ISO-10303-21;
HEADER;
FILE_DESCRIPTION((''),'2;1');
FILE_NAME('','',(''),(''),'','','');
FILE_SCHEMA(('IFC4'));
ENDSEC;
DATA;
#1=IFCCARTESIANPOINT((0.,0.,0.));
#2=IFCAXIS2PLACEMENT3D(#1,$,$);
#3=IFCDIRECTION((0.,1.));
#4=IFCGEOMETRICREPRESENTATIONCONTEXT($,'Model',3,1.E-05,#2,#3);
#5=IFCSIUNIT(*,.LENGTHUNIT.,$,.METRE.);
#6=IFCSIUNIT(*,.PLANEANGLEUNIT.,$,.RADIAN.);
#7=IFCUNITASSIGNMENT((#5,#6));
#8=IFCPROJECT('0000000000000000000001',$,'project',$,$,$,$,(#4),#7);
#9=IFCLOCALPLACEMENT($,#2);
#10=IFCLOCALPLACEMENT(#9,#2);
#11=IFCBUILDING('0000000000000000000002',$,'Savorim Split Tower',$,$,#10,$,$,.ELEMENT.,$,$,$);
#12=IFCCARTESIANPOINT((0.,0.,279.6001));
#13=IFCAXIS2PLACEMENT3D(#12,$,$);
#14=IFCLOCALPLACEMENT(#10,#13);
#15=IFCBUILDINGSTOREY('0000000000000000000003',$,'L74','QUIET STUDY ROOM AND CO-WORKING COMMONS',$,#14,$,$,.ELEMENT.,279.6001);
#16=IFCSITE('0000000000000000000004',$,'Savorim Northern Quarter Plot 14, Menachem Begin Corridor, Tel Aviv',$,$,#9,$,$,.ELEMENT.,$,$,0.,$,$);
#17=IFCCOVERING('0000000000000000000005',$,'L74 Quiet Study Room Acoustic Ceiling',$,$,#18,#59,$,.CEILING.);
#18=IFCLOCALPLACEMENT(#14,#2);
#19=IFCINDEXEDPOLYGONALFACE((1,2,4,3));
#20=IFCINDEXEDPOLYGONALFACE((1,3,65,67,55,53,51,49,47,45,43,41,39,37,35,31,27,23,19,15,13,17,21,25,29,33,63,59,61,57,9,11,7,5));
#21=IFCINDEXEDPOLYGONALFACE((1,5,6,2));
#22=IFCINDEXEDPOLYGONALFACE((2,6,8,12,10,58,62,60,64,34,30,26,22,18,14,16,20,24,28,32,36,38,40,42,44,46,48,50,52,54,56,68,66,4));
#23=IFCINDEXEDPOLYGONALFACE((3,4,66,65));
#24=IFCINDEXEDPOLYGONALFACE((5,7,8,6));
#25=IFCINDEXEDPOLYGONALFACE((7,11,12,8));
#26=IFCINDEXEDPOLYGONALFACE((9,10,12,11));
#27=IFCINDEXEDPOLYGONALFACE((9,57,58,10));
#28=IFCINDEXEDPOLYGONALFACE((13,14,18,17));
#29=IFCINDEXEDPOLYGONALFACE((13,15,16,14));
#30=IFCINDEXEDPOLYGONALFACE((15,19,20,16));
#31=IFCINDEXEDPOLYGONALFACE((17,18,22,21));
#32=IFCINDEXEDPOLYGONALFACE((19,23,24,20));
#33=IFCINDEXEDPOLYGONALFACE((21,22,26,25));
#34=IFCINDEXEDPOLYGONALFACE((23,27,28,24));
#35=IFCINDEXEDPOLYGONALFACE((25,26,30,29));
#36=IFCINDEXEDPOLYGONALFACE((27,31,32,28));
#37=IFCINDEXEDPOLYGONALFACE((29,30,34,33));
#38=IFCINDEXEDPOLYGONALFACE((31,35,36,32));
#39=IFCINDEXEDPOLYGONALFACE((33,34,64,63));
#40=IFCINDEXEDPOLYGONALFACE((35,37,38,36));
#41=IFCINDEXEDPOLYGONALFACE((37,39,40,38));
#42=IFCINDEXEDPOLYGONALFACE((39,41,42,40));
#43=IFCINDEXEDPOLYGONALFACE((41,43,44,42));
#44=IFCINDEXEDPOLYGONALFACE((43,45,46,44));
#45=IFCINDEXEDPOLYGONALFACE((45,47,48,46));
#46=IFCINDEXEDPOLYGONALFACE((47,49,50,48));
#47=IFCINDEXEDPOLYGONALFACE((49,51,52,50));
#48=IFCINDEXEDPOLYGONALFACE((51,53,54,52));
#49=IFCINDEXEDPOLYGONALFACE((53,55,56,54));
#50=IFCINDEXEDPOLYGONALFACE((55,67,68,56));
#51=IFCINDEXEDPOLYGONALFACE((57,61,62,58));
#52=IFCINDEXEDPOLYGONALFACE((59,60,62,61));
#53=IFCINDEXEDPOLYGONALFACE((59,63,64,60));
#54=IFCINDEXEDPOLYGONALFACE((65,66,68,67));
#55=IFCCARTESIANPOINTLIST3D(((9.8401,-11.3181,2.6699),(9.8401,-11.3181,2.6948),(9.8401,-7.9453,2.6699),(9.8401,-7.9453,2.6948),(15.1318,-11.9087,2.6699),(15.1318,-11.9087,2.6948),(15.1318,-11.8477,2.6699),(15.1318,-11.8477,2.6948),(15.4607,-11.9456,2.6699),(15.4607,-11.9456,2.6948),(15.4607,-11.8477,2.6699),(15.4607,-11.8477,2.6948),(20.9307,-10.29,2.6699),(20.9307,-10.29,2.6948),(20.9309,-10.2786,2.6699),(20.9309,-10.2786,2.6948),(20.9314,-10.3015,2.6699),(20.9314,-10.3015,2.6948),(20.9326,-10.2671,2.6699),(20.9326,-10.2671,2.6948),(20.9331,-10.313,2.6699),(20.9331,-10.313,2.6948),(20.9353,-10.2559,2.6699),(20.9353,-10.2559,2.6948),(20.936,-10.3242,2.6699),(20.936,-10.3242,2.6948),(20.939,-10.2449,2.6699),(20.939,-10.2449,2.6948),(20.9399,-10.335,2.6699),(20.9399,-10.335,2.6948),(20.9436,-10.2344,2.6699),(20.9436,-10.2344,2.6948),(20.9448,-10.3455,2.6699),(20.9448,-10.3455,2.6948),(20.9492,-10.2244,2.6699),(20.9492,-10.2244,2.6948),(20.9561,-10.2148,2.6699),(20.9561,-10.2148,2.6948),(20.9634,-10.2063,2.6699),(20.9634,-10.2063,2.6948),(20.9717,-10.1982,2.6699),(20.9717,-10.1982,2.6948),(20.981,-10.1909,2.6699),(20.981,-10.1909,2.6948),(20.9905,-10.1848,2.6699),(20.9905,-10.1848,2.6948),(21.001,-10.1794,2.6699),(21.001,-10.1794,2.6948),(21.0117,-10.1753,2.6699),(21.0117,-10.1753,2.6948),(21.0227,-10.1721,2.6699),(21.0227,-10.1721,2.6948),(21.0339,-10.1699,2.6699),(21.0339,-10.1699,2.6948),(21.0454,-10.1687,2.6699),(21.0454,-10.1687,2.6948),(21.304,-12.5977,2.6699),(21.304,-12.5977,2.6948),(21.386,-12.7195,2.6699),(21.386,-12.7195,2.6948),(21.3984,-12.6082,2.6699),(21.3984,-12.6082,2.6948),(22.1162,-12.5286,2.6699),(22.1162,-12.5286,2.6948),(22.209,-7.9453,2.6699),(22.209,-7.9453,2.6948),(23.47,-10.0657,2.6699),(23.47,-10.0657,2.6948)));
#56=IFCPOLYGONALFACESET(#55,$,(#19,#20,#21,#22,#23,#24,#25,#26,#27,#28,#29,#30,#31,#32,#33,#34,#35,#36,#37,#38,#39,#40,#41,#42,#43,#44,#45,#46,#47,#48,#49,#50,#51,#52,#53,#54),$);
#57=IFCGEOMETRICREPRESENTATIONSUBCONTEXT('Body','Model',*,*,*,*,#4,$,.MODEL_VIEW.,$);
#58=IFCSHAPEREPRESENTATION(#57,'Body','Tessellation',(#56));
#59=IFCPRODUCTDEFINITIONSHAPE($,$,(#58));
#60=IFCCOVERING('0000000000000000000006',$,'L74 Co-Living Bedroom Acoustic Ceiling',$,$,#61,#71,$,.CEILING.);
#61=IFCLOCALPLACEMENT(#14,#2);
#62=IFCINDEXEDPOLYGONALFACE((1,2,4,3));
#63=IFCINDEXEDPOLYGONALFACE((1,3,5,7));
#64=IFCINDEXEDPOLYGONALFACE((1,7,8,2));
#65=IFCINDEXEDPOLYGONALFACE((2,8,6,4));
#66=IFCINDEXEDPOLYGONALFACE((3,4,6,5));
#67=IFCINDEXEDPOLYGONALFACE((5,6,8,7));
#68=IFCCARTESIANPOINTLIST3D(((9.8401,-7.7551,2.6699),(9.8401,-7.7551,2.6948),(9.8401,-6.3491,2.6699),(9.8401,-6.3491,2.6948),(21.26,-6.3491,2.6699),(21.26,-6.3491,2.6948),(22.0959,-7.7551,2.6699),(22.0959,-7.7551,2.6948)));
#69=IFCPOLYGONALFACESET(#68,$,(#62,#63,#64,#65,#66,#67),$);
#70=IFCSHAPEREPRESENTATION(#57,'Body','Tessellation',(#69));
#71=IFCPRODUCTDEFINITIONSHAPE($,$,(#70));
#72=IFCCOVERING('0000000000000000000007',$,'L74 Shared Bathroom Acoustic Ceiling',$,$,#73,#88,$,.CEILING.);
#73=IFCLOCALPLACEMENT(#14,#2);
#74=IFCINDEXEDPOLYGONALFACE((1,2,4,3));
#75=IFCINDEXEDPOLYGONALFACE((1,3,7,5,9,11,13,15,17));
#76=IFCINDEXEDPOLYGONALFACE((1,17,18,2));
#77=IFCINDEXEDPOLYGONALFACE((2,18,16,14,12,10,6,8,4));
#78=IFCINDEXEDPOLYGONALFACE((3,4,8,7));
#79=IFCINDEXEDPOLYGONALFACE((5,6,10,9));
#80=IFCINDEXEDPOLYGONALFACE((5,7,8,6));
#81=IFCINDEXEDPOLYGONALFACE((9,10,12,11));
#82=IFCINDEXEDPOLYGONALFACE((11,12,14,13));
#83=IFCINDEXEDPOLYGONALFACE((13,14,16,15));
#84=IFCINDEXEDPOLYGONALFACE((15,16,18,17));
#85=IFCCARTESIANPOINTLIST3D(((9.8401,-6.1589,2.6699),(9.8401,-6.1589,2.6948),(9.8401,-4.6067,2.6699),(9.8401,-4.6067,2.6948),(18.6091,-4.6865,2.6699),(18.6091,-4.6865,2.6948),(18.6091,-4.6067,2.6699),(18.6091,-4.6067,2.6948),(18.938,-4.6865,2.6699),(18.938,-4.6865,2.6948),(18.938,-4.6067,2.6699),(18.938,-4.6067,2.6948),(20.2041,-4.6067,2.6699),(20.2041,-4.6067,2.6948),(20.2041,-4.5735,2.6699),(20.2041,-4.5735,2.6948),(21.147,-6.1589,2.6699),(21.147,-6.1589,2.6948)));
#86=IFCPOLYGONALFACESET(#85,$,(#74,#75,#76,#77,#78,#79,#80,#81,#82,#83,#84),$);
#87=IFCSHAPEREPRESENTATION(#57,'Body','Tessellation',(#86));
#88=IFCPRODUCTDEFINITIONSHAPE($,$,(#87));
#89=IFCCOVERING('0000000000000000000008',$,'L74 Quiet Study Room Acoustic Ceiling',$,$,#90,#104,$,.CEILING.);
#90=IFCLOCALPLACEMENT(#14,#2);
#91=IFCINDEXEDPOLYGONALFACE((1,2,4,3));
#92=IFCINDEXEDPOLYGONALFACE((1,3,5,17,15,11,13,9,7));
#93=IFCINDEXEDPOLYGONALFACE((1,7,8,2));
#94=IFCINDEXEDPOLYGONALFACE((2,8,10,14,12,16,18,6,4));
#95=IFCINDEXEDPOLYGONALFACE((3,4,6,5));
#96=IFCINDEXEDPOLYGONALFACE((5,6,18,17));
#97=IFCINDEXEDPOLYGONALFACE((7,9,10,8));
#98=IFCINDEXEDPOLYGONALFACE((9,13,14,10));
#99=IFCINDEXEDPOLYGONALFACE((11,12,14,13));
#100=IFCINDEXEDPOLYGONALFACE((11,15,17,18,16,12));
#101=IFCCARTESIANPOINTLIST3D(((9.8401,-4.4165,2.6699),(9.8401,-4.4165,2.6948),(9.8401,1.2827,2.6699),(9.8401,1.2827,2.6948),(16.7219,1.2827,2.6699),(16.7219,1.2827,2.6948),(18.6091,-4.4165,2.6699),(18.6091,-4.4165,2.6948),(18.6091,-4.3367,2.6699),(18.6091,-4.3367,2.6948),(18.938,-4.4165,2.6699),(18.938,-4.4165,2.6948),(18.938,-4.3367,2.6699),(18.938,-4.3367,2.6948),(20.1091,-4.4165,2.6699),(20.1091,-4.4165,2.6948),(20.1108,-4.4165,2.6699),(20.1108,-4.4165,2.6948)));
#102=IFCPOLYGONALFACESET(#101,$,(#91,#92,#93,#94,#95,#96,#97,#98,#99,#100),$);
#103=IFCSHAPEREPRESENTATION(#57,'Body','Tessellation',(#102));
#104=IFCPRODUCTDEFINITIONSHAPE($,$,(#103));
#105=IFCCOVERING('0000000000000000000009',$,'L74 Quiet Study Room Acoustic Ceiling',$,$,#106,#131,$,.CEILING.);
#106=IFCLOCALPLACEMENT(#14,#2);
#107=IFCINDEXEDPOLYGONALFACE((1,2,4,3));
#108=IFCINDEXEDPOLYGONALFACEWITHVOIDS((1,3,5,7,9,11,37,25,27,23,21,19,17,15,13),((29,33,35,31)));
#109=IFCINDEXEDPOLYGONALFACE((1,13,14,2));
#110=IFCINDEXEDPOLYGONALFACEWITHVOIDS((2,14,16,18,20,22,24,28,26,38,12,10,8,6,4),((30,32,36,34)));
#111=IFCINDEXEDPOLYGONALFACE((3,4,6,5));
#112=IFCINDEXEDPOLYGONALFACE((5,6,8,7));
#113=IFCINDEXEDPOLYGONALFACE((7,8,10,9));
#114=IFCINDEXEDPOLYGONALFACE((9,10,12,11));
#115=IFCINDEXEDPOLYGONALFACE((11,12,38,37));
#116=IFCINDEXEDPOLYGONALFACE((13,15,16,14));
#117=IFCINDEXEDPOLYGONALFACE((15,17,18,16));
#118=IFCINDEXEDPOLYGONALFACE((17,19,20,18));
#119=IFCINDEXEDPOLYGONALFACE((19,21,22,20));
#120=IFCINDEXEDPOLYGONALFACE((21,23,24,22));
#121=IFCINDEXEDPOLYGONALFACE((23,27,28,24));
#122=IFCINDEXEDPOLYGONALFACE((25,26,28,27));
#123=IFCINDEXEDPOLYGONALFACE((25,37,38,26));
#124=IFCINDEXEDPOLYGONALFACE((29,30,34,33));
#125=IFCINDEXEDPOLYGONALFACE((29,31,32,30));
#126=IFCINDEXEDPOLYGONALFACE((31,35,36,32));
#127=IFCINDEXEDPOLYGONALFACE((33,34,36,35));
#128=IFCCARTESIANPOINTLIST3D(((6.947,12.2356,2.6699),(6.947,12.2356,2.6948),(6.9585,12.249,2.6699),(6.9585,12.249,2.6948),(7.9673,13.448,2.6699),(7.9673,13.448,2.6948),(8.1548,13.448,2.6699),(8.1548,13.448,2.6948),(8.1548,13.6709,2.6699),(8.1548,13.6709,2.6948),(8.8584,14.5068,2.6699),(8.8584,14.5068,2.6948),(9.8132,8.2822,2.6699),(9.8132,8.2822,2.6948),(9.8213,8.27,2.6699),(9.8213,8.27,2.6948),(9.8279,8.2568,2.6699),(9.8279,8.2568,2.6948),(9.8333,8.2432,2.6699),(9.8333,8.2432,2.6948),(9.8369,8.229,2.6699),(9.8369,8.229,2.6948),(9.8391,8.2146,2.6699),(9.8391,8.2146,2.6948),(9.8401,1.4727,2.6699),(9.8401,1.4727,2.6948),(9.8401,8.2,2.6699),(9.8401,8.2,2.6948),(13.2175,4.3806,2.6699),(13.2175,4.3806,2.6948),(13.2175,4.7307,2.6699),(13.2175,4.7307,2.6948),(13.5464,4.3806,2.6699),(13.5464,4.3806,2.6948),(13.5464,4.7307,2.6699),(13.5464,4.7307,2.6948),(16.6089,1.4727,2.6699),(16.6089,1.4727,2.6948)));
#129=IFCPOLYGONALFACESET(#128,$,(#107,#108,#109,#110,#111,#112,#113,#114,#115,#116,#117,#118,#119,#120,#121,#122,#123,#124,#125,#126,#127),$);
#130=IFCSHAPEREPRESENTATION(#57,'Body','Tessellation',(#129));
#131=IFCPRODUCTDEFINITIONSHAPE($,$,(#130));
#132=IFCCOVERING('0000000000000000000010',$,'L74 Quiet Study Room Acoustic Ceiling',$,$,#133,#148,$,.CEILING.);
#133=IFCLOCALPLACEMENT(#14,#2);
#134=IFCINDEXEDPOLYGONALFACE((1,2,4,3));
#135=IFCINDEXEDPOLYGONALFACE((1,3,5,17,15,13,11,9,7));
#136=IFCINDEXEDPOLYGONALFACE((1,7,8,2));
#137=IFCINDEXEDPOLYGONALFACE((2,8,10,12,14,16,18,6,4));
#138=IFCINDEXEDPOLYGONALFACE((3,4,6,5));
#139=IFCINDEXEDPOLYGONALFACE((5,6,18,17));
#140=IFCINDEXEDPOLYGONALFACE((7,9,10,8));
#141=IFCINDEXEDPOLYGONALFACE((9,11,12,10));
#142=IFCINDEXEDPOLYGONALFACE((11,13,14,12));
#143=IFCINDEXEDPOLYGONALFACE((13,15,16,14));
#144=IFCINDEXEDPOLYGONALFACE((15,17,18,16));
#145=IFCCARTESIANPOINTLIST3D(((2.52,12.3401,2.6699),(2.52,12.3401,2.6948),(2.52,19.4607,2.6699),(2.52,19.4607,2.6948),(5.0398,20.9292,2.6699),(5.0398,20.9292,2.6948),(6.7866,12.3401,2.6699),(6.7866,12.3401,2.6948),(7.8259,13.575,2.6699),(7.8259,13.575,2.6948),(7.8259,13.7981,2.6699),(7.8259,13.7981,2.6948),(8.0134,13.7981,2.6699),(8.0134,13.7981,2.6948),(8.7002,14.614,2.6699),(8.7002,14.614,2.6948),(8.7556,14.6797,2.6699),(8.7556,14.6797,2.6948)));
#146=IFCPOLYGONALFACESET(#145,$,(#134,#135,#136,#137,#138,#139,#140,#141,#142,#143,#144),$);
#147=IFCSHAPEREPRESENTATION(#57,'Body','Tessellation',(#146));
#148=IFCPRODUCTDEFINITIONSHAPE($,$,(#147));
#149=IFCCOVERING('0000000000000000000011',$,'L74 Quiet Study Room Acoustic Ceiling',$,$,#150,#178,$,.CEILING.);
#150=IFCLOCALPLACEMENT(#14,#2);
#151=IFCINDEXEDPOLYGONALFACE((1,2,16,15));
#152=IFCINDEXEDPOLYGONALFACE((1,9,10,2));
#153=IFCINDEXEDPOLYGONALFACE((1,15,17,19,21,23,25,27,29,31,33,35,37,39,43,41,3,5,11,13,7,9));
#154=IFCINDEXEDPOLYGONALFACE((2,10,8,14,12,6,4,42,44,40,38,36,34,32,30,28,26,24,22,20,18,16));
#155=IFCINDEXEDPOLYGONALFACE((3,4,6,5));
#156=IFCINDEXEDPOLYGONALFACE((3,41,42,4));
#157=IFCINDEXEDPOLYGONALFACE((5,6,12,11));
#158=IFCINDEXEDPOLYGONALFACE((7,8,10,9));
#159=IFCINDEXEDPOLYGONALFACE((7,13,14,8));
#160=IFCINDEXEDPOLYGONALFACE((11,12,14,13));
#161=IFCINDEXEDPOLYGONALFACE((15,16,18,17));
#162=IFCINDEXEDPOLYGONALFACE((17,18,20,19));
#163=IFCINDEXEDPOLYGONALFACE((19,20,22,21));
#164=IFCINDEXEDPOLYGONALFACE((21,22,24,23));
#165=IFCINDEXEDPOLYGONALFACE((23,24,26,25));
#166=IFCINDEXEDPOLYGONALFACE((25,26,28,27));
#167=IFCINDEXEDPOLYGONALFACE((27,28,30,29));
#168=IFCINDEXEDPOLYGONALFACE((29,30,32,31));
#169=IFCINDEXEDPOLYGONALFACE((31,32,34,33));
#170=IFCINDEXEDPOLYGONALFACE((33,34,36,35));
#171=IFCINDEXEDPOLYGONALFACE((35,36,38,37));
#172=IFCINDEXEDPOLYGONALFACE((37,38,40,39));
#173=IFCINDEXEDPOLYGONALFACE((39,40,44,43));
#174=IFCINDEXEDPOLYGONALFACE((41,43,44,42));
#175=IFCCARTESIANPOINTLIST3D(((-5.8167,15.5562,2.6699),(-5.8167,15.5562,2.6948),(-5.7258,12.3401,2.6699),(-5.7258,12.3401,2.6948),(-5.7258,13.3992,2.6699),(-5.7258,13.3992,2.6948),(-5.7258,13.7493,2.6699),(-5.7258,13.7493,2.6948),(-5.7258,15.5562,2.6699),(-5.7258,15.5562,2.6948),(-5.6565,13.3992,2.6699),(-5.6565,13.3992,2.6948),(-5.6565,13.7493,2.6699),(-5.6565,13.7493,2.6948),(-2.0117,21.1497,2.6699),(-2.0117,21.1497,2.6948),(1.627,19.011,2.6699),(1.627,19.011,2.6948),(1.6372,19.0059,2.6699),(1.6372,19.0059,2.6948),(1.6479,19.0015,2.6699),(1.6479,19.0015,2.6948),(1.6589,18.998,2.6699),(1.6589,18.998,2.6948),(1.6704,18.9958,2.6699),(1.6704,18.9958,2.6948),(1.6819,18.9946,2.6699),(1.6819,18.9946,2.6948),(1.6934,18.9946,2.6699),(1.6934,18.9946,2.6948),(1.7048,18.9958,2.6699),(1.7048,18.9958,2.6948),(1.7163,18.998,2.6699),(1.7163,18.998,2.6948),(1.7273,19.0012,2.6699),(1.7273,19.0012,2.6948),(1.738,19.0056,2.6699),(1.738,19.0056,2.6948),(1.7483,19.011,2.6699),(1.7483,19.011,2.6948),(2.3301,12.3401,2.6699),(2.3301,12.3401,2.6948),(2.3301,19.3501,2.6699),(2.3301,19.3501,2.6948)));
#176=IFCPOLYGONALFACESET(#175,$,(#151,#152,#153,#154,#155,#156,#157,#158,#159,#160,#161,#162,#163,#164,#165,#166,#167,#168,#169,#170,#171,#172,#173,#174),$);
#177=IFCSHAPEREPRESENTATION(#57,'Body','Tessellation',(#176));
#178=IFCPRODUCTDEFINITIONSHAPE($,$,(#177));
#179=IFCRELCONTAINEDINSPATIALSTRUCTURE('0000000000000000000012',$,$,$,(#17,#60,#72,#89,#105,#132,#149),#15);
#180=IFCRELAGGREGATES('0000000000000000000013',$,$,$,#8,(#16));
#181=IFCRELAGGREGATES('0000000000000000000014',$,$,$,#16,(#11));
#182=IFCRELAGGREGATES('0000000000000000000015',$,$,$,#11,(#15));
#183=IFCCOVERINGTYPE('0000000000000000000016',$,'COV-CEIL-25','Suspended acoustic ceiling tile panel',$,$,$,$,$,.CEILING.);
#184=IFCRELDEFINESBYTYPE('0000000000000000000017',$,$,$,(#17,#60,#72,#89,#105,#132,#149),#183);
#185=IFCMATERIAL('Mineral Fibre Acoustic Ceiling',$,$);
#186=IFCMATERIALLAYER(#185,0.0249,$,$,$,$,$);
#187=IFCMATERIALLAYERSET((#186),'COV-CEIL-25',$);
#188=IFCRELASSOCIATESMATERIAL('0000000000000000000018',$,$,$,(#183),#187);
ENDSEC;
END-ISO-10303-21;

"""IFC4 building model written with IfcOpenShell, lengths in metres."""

from ifc_helpers import new_model, si_unit, direction, frame, origin, place, context, subcontext, project, spatial, polyline, outline, extrude, material, layer, layer_set, type_object, element, save


model = new_model("IFC4")

# Units and contexts
model_context = context("Model", 3, precision=1e-05, world=origin(), true_north=direction((0.0, 1.0)))
body_context = subcontext(model_context, "Body", "Model", "MODEL_VIEW")
ifc_project = project(units=[si_unit("LENGTHUNIT", "METRE"), si_unit("PLANEANGLEUNIT", "RADIAN")], contexts=[model_context])

# Site, building, storey
site_placement = place(None, origin())
site = spatial("IfcSite", under=ifc_project, at=site_placement, Name="Savorim Northern Quarter Plot 14, Menachem Begin Corridor, Tel Aviv", CompositionType="ELEMENT", RefElevation=0.0)
building_placement = place(site_placement, origin())
building = spatial("IfcBuilding", under=site, at=building_placement, Name="Savorim Split Tower", CompositionType="ELEMENT")
storey_placement = place(building_placement, frame((0.0, 0.0, 279.6001)))
storey = spatial("IfcBuildingStorey", under=building, at=storey_placement, Name="L74", Description="QUIET STUDY ROOM AND CO-WORKING COMMONS", CompositionType="ELEMENT", Elevation=279.6001)

# Coverings
ifc_material_1 = material(Name="Mineral Fibre Acoustic Ceiling")
ifc_layer_1 = layer(ifc_material_1, 0.0249)
ifc_layer_set_1 = layer_set([ifc_layer_1], Name="COV-CEIL-25")
covering_type_1 = type_object("IfcCoveringType", Name="COV-CEIL-25", Description="Suspended acoustic ceiling tile panel", PredefinedType="CEILING", material=ifc_layer_set_1)
covering_1_placement = place(storey_placement, frame((0.0, 0.0, 2.6699)))
element("IfcCovering", 1, at=covering_1_placement, inside=storey, type_object=covering_type_1, Name="L74 Quiet Study Room Acoustic Ceiling", PredefinedType="CEILING", context=body_context, shape_type="SweptSolid", body=[
    extrude(outline(polyline([(21.0227, -10.1721), (21.0339, -10.1699), (21.0454, -10.1687), (23.47, -10.0657), (22.209, -7.9453), (9.8401, -7.9453), (9.8401, -11.3181), (15.1318, -11.9087), (15.1318, -11.8477), (15.4607, -11.8477), (15.4607, -11.9456), (21.304, -12.5977), (21.3984, -12.6082), (21.386, -12.7195), (22.1162, -12.5286), (20.9448, -10.3455), (20.9399, -10.335), (20.936, -10.3242), (20.9331, -10.313), (20.9314, -10.3015), (20.9307, -10.29), (20.9309, -10.2786), (20.9326, -10.2671), (20.9353, -10.2559), (20.939, -10.2449), (20.9436, -10.2344), (20.9492, -10.2244), (20.9561, -10.2148), (20.9634, -10.2063), (20.9717, -10.1982), (20.981, -10.1909), (20.9905, -10.1848), (21.001, -10.1794), (21.0117, -10.1753), (21.0227, -10.1721)])), origin(), (0.0, 0.0, 1.0), 0.0249),
])
covering_2_placement = place(storey_placement, frame((0.0, 0.0, 2.6699)))
element("IfcCovering", 2, at=covering_2_placement, inside=storey, type_object=covering_type_1, Name="L74 Co-Living Bedroom Acoustic Ceiling", PredefinedType="CEILING", context=body_context, shape_type="SweptSolid", body=[
    extrude(outline(polyline([(22.0959, -7.7551), (21.26, -6.3491), (9.8401, -6.3491), (9.8401, -7.7551), (22.0959, -7.7551)])), origin(), (0.0, 0.0, 1.0), 0.0249),
])
covering_3_placement = place(storey_placement, frame((0.0, 0.0, 2.6699)))
element("IfcCovering", 3, at=covering_3_placement, inside=storey, type_object=covering_type_1, Name="L74 Shared Bathroom Acoustic Ceiling", PredefinedType="CEILING", context=body_context, shape_type="SweptSolid", body=[
    extrude(outline(polyline([(18.6091, -4.6865), (18.6091, -4.6067), (9.8401, -4.6067), (9.8401, -6.1589), (21.147, -6.1589), (20.2041, -4.5735), (20.2041, -4.6067), (18.938, -4.6067), (18.938, -4.6865), (18.6091, -4.6865)])), origin(), (0.0, 0.0, 1.0), 0.0249),
])
covering_4_placement = place(storey_placement, frame((0.0, 0.0, 2.6699)))
element("IfcCovering", 4, at=covering_4_placement, inside=storey, type_object=covering_type_1, Name="L74 Quiet Study Room Acoustic Ceiling", PredefinedType="CEILING", context=body_context, shape_type="SweptSolid", body=[
    extrude(outline(polyline([(18.938, -4.3367), (18.938, -4.4165), (20.1091, -4.4165), (20.1108, -4.4165), (16.7219, 1.2827), (9.8401, 1.2827), (9.8401, -4.4165), (18.6091, -4.4165), (18.6091, -4.3367), (18.938, -4.3367)])), origin(), (0.0, 0.0, 1.0), 0.0249),
])
covering_5_placement = place(storey_placement, frame((0.0, 0.0, 2.6699)))
element("IfcCovering", 5, at=covering_5_placement, inside=storey, type_object=covering_type_1, Name="L74 Quiet Study Room Acoustic Ceiling", PredefinedType="CEILING", context=body_context, shape_type="SweptSolid", body=[
    extrude(outline(polyline([(9.8369, 8.229), (9.8391, 8.2146), (9.8401, 8.2), (9.8401, 1.4727), (16.6089, 1.4727), (8.8584, 14.5068), (8.1548, 13.6709), (8.1548, 13.448), (7.9673, 13.448), (6.9585, 12.249), (6.947, 12.2356), (9.8132, 8.2822), (9.8213, 8.27), (9.8279, 8.2568), (9.8333, 8.2432), (9.8369, 8.229)]), holes=[polyline([(13.5464, 4.3806), (13.5464, 4.7307), (13.2175, 4.7307), (13.2175, 4.3806), (13.5464, 4.3806)])]), origin(), (0.0, 0.0, 1.0), 0.0249),
])
covering_6_placement = place(storey_placement, frame((0.0, 0.0, 2.6699)))
element("IfcCovering", 6, at=covering_6_placement, inside=storey, type_object=covering_type_1, Name="L74 Quiet Study Room Acoustic Ceiling", PredefinedType="CEILING", context=body_context, shape_type="SweptSolid", body=[
    extrude(outline(polyline([(8.7002, 14.614), (8.7556, 14.6797), (5.0398, 20.9292), (2.52, 19.4607), (2.52, 12.3401), (6.7866, 12.3401), (7.8259, 13.575), (7.8259, 13.7981), (8.0134, 13.7981), (8.7002, 14.614)])), origin(), (0.0, 0.0, 1.0), 0.0249),
])
covering_7_placement = place(storey_placement, frame((0.0, 0.0, 2.6699)))
element("IfcCovering", 7, at=covering_7_placement, inside=storey, type_object=covering_type_1, Name="L74 Quiet Study Room Acoustic Ceiling", PredefinedType="CEILING", context=body_context, shape_type="SweptSolid", body=[
    extrude(outline(polyline([(1.6479, 19.0015), (1.6372, 19.0059), (1.627, 19.011), (-2.0117, 21.1497), (-5.8167, 15.5562), (-5.7258, 15.5562), (-5.7258, 13.7493), (-5.6565, 13.7493), (-5.6565, 13.3992), (-5.7258, 13.3992), (-5.7258, 12.3401), (2.3301, 12.3401), (2.3301, 19.3501), (1.7483, 19.011), (1.738, 19.0056), (1.7273, 19.0012), (1.7163, 18.998), (1.7048, 18.9958), (1.6934, 18.9946), (1.6819, 18.9946), (1.6704, 18.9958), (1.6589, 18.998), (1.6479, 19.0015)])), origin(), (0.0, 0.0, 1.0), 0.0249),
])

save(model, "model.ifc")
